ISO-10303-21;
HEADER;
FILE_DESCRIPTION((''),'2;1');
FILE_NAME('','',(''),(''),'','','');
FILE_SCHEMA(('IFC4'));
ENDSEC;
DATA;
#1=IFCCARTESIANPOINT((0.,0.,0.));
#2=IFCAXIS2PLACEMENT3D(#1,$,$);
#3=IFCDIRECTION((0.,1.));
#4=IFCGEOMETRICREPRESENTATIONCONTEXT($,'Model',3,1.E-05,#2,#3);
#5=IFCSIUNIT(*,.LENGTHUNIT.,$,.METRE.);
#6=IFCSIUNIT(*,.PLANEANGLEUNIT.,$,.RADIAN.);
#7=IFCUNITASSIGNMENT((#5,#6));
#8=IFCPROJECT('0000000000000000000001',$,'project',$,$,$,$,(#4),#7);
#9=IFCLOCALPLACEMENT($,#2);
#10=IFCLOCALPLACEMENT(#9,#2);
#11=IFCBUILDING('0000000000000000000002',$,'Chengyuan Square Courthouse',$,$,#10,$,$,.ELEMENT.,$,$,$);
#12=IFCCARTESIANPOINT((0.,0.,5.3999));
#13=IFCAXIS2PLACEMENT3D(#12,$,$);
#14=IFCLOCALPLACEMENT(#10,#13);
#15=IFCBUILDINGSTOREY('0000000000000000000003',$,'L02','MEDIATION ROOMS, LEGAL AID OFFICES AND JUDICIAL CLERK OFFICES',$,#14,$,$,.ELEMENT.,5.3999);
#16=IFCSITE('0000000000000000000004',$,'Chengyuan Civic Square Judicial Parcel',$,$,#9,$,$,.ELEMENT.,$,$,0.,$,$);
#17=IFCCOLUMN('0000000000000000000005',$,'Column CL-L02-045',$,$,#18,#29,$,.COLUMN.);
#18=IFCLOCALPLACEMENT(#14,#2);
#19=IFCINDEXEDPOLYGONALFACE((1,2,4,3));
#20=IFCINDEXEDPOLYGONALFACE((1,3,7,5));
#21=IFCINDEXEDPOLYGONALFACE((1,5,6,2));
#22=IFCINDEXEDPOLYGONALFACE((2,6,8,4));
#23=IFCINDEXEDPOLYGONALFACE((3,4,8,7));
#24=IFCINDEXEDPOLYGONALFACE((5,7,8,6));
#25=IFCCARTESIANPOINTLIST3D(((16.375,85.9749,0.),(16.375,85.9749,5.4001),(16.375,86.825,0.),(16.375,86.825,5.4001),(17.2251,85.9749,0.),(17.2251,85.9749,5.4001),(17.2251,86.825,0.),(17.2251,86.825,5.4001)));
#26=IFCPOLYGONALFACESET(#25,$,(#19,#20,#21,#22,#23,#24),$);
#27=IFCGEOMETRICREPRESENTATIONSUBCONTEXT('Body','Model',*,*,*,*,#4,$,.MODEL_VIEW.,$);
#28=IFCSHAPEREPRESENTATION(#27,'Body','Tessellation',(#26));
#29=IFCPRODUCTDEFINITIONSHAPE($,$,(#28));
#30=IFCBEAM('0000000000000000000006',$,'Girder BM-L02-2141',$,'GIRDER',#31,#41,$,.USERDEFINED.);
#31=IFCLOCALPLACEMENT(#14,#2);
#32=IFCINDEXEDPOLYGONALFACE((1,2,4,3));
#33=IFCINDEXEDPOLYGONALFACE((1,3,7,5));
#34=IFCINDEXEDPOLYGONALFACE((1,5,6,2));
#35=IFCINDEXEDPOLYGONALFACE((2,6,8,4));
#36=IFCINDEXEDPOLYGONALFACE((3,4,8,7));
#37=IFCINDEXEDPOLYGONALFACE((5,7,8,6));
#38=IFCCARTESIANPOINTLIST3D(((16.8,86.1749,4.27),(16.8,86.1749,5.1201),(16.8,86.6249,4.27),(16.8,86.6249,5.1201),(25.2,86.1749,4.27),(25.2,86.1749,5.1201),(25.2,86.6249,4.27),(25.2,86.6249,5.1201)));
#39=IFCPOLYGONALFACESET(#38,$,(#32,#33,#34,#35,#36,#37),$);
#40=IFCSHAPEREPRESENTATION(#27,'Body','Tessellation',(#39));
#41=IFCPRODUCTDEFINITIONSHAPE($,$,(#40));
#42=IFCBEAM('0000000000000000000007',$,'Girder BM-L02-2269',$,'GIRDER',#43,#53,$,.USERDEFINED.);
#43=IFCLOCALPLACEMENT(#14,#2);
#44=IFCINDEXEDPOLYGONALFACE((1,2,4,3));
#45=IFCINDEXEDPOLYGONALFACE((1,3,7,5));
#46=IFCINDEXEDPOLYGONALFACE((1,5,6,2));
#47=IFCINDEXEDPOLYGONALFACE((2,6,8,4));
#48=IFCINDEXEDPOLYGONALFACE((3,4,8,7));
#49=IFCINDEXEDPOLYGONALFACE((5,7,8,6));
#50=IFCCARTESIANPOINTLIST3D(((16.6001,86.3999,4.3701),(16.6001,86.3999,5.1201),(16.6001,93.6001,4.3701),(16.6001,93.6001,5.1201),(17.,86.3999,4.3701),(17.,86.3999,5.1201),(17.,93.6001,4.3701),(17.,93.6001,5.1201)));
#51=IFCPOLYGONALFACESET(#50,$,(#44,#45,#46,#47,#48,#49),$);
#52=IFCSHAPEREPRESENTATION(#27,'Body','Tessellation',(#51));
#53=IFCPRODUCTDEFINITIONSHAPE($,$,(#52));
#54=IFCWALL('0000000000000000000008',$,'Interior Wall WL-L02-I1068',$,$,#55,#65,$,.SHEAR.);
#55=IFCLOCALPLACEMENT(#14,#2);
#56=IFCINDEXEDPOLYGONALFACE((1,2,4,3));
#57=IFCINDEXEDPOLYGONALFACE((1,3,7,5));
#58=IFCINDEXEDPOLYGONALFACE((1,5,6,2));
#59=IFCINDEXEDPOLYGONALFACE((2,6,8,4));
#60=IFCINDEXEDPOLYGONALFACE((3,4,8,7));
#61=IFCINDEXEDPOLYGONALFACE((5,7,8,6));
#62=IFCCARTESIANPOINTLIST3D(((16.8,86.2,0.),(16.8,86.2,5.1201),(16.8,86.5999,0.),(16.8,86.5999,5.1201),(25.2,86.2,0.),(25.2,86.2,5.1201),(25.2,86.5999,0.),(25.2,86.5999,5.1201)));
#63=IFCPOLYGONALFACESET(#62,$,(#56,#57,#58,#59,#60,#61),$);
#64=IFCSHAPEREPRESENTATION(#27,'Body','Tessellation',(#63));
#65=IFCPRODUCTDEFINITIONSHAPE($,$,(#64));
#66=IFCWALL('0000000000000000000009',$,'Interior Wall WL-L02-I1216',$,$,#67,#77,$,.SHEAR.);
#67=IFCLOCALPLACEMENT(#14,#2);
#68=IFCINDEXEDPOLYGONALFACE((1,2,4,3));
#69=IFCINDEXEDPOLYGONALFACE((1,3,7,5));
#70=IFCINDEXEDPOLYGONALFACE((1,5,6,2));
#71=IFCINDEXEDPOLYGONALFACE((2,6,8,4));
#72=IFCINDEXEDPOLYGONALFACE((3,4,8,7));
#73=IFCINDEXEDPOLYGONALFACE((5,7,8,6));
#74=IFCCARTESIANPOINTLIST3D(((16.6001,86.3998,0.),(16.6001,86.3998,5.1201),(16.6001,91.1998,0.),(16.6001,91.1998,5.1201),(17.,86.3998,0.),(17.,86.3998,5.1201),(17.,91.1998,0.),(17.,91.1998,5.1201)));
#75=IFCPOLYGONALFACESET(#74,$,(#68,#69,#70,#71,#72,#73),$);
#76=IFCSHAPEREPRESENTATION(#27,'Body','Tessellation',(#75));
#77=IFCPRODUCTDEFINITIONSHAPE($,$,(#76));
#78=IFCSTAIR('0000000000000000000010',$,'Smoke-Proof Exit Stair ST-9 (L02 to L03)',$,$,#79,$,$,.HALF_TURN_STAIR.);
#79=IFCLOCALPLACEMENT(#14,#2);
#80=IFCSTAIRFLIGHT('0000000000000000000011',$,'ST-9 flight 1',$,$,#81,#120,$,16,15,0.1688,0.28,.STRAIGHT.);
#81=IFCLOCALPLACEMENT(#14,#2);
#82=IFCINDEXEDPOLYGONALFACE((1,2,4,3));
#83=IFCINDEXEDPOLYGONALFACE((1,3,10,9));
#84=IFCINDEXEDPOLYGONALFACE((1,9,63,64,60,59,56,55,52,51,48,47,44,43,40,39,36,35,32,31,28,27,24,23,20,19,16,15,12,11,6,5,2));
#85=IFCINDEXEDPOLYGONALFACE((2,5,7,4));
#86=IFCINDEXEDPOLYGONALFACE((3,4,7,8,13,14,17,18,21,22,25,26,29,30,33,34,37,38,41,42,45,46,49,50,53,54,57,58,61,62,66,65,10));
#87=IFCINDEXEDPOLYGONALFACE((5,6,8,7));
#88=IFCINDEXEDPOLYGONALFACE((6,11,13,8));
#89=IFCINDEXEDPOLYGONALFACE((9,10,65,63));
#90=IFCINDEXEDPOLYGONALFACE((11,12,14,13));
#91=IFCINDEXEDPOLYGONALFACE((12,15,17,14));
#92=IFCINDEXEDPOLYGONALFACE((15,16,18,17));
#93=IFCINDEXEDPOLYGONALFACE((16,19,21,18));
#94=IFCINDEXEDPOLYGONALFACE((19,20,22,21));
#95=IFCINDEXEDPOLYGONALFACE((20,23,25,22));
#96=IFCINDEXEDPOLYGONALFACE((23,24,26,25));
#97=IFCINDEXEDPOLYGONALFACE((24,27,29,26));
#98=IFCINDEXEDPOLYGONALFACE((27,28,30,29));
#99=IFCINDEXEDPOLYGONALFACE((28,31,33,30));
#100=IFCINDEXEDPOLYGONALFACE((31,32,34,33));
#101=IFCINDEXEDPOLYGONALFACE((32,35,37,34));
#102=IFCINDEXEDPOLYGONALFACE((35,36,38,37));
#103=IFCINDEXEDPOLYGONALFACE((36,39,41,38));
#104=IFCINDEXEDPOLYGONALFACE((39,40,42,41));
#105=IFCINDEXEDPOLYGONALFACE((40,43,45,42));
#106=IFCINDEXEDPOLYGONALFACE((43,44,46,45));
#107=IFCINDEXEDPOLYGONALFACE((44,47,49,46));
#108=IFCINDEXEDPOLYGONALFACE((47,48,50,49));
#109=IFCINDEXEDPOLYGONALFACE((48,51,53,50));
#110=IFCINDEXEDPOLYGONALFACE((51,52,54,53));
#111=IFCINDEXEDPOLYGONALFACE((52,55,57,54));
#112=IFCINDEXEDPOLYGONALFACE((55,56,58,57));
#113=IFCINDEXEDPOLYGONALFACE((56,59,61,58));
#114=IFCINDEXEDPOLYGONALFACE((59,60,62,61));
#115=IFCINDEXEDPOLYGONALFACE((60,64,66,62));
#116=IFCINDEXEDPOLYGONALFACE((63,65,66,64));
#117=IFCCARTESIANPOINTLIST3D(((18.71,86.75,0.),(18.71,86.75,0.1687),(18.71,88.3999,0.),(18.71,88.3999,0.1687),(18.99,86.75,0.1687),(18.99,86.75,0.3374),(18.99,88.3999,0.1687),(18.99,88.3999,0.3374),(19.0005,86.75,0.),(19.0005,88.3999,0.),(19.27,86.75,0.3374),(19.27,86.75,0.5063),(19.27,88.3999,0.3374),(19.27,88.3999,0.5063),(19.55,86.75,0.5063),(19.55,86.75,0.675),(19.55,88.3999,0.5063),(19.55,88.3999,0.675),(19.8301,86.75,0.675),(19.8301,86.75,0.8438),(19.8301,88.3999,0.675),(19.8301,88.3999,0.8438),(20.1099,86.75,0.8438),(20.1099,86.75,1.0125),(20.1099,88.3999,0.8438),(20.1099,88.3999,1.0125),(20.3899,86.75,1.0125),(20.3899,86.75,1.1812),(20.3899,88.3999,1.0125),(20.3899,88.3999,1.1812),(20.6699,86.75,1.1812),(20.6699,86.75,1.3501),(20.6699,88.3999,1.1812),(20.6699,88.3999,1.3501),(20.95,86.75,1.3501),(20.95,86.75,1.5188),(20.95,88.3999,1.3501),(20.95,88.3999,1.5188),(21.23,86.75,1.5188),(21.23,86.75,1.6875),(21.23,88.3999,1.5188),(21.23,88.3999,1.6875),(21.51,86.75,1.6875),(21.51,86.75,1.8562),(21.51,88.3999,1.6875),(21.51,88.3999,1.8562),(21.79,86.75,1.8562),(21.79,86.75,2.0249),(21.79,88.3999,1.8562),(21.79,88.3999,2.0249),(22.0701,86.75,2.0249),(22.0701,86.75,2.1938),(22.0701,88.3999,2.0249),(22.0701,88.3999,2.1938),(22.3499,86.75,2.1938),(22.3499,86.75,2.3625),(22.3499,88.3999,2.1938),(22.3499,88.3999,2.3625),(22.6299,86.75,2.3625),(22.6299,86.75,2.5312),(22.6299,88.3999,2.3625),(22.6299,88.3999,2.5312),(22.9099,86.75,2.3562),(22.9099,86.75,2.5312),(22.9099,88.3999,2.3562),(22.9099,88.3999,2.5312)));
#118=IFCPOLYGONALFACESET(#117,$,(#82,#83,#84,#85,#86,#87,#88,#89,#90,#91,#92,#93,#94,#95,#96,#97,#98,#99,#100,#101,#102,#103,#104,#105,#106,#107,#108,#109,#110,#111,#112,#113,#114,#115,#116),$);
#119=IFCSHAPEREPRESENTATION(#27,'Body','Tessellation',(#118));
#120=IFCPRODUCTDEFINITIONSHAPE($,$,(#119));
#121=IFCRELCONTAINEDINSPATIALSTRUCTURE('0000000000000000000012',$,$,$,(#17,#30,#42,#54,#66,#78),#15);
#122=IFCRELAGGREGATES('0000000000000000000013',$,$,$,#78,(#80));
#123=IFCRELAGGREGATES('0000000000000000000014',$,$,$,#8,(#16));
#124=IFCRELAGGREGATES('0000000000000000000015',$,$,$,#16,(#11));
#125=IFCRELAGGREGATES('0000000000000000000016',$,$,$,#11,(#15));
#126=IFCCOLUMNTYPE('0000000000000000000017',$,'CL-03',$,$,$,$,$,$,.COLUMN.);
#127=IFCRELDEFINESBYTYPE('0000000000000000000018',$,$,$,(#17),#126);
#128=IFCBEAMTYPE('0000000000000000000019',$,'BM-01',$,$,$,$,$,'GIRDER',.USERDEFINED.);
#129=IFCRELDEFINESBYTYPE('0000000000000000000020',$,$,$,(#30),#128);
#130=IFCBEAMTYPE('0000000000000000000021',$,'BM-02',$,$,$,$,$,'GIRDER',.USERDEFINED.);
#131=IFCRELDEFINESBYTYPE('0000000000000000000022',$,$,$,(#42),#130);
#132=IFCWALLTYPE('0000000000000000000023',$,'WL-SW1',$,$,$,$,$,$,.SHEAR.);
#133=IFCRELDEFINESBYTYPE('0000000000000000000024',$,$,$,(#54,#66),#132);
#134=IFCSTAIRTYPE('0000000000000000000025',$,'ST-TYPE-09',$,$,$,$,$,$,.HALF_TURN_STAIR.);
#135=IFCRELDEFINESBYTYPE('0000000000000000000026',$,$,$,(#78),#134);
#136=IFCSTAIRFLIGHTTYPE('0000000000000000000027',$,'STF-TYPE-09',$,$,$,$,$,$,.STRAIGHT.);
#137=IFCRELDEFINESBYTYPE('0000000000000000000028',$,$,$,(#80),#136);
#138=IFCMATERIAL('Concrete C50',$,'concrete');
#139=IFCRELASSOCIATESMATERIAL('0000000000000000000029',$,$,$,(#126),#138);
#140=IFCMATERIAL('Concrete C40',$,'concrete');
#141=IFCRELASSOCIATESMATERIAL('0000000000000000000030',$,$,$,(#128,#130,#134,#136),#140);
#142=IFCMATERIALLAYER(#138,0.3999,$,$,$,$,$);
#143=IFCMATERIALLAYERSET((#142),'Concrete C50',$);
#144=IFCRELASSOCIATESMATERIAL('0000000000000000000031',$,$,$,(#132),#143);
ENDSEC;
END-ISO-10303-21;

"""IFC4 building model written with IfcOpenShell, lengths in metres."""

from ifc_helpers import new_model, si_unit, direction, frame, frame_2d, origin, origin_2d, place, context, subcontext, project, spatial, polyline, rectangle, outline, extrude, material, layer, layer_set, material_profile, profile_set, type_object, element, aggregate, save


model = new_model("IFC4")

# Units and contexts
model_context = context("Model", 3, precision=1e-05, world=origin(), true_north=direction((0.0, 1.0)))
body_context = subcontext(model_context, "Body", "Model", "MODEL_VIEW")
ifc_project = project(units=[si_unit("LENGTHUNIT", "METRE"), si_unit("PLANEANGLEUNIT", "RADIAN")], contexts=[model_context])

# Site, building, storey
site_placement = place(None, origin())
site = spatial("IfcSite", under=ifc_project, at=site_placement, Name="Chengyuan Civic Square Judicial Parcel", CompositionType="ELEMENT", RefElevation=0.0)
building_placement = place(site_placement, origin())
building = spatial("IfcBuilding", under=site, at=building_placement, Name="Chengyuan Square Courthouse", CompositionType="ELEMENT")
storey_placement = place(building_placement, frame((0.0, 0.0, 5.3999)))
storey = spatial("IfcBuildingStorey", under=building, at=storey_placement, Name="L02", Description="MEDIATION ROOMS, LEGAL AID OFFICES AND JUDICIAL CLERK OFFICES", CompositionType="ELEMENT", Elevation=5.3999)

# Column
ifc_material_1 = material(Name="Concrete C50", Category="concrete")
ifc_material_profile_1 = material_profile(ifc_material_1, rectangle(XDim=0.8501, YDim=0.8501, at=origin_2d()), Name="RC-COL-850x850")
ifc_profile_set_1 = profile_set([ifc_material_profile_1], Name="Concrete C50")
column_type = type_object("IfcColumnType", Name="CL-03", PredefinedType="COLUMN", material=ifc_profile_set_1)
column_placement = place(storey_placement, frame((16.8, 86.3999, 0.0), z_axis=(0.0, 0.0, 1.0), x_axis=(1.0, 0.0, 0.0)))
element("IfcColumn", 1, at=column_placement, inside=storey, type_object=column_type, Name="Column CL-L02-045", PredefinedType="COLUMN", context=body_context, shape_type="SweptSolid", body=[
    extrude(rectangle(XDim=0.8501, YDim=0.8501, at=origin_2d()), origin(), (0.0, 0.0, 1.0), 5.4001),
])

# Beams
ifc_material_2 = material(Name="Concrete C40", Category="concrete")
ifc_material_profile_2 = material_profile(ifc_material_2, rectangle(XDim=0.45, YDim=0.8501, at=origin_2d()), Name="RC-BM-450x850")
ifc_profile_set_2 = profile_set([ifc_material_profile_2], Name="Concrete C40")
beam_type_1 = type_object("IfcBeamType", Name="BM-01", ElementType="GIRDER", PredefinedType="USERDEFINED", material=ifc_profile_set_2)
beam_1_placement = place(storey_placement, frame((16.8, 86.3999, 4.6951), z_axis=(1.0, 0.0, 0.0), x_axis=(0.0, 1.0, 0.0)))
element("IfcBeam", 2, at=beam_1_placement, inside=storey, type_object=beam_type_1, Name="Girder BM-L02-2141", ObjectType="GIRDER", PredefinedType="USERDEFINED", context=body_context, shape_type="SweptSolid", body=[
    extrude(rectangle(XDim=0.45, YDim=0.8501, at=origin_2d()), origin(), (0.0, 0.0, 1.0), 8.3999),
])
ifc_material_profile_3 = material_profile(ifc_material_2, rectangle(XDim=0.3999, YDim=0.75, at=origin_2d()), Name="RC-BM-400x750")
ifc_profile_set_3 = profile_set([ifc_material_profile_3], Name="Concrete C40")
beam_type_2 = type_object("IfcBeamType", Name="BM-02", ElementType="GIRDER", PredefinedType="USERDEFINED", material=ifc_profile_set_3)
beam_2_placement = place(storey_placement, frame((16.8, 86.3999, 4.7451), z_axis=(0.0, 1.0, 0.0), x_axis=(-1.0, 0.0, 0.0)))
element("IfcBeam", 3, at=beam_2_placement, inside=storey, type_object=beam_type_2, Name="Girder BM-L02-2269", ObjectType="GIRDER", PredefinedType="USERDEFINED", context=body_context, shape_type="SweptSolid", body=[
    extrude(rectangle(XDim=0.3999, YDim=0.75, at=origin_2d()), origin(), (0.0, 0.0, 1.0), 7.2002),
])

# Walls
ifc_layer = layer(ifc_material_1, 0.3999)
ifc_layer_set = layer_set([ifc_layer], Name="Concrete C50")
wall_type = type_object("IfcWallType", Name="WL-SW1", PredefinedType="SHEAR", material=ifc_layer_set)
wall_1_placement = place(storey_placement, frame((16.8, 86.3999, 0.0), z_axis=(0.0, 0.0, 1.0), x_axis=(1.0, 0.0, 0.0)))
element("IfcWall", 4, at=wall_1_placement, inside=storey, type_object=wall_type, Name="Interior Wall WL-L02-I1068", PredefinedType="SHEAR", context=body_context, shape_type="SweptSolid", body=[
    extrude(rectangle(XDim=8.3999, YDim=0.3999, at=frame_2d((4.2, 0.0))), origin(), (0.0, 0.0, 1.0), 5.1201),
])
wall_2_placement = place(storey_placement, frame((16.8, 86.3999, 0.0), z_axis=(0.0, 0.0, 1.0), x_axis=(0.0, 1.0, 0.0)))
element("IfcWall", 5, at=wall_2_placement, inside=storey, type_object=wall_type, Name="Interior Wall WL-L02-I1216", PredefinedType="SHEAR", context=body_context, shape_type="SweptSolid", body=[
    extrude(rectangle(XDim=4.8, YDim=0.3999, at=frame_2d((2.3999, 0.0))), origin(), (0.0, 0.0, 1.0), 5.1201),
])

# Stair, stair flight
stair_type = type_object("IfcStairType", Name="ST-TYPE-09", PredefinedType="HALF_TURN_STAIR", material=ifc_material_2)
stair_placement = place(storey_placement, origin())
stair = element("IfcStair", 6, at=stair_placement, inside=storey, type_object=stair_type, Name="Smoke-Proof Exit Stair ST-9 (L02 to L03)", PredefinedType="HALF_TURN_STAIR")
stair_flight_type = type_object("IfcStairFlightType", Name="STF-TYPE-09", PredefinedType="STRAIGHT", material=ifc_material_2)
stair_flight_placement = place(storey_placement, frame((18.71, 87.575, 0.0), z_axis=(0.0, 0.0, 1.0), x_axis=(1.0, 0.0, 0.0)))
stair_flight = element("IfcStairFlight", 7, at=stair_flight_placement, type_object=stair_flight_type, Name="ST-9 flight 1", NumberOfRisers=16, NumberOfTreads=15, PredefinedType="STRAIGHT", RiserHeight=0.1688, TreadLength=0.28, context=body_context, shape_type="SweptSolid", body=[
    extrude(outline(polyline([(0.0, 0.0), (0.0, 0.1687), (0.28, 0.1687), (0.28, 0.3374), (0.5601, 0.3374), (0.5601, 0.5063), (0.8401, 0.5063), (0.8401, 0.675), (1.1201, 0.675), (1.1201, 0.8438), (1.3999, 0.8438), (1.3999, 1.0125), (1.6799, 1.0125), (1.6799, 1.1812), (1.96, 1.1812), (1.96, 1.3501), (2.24, 1.3501), (2.24, 1.5188), (2.52, 1.5188), (2.52, 1.6875), (2.8, 1.6875), (2.8, 1.8562), (3.0801, 1.8562), (3.0801, 2.0249), (3.3601, 2.0249), (3.3601, 2.1938), (3.6399, 2.1938), (3.6399, 2.3625), (3.9199, 2.3625), (3.9199, 2.5312), (4.2, 2.5312), (4.2, 2.7), (4.2, 2.3562), (0.2905, 0.0), (0.0, 0.0)])), frame((0.0, 0.825, 0.0), z_axis=(0.0, -1.0, 0.0), x_axis=(1.0, 0.0, 0.0)), (0.0, 0.0, 1.0), 1.6499),
])
aggregate(stair, [stair_flight])

save(model, "model.ifc")
